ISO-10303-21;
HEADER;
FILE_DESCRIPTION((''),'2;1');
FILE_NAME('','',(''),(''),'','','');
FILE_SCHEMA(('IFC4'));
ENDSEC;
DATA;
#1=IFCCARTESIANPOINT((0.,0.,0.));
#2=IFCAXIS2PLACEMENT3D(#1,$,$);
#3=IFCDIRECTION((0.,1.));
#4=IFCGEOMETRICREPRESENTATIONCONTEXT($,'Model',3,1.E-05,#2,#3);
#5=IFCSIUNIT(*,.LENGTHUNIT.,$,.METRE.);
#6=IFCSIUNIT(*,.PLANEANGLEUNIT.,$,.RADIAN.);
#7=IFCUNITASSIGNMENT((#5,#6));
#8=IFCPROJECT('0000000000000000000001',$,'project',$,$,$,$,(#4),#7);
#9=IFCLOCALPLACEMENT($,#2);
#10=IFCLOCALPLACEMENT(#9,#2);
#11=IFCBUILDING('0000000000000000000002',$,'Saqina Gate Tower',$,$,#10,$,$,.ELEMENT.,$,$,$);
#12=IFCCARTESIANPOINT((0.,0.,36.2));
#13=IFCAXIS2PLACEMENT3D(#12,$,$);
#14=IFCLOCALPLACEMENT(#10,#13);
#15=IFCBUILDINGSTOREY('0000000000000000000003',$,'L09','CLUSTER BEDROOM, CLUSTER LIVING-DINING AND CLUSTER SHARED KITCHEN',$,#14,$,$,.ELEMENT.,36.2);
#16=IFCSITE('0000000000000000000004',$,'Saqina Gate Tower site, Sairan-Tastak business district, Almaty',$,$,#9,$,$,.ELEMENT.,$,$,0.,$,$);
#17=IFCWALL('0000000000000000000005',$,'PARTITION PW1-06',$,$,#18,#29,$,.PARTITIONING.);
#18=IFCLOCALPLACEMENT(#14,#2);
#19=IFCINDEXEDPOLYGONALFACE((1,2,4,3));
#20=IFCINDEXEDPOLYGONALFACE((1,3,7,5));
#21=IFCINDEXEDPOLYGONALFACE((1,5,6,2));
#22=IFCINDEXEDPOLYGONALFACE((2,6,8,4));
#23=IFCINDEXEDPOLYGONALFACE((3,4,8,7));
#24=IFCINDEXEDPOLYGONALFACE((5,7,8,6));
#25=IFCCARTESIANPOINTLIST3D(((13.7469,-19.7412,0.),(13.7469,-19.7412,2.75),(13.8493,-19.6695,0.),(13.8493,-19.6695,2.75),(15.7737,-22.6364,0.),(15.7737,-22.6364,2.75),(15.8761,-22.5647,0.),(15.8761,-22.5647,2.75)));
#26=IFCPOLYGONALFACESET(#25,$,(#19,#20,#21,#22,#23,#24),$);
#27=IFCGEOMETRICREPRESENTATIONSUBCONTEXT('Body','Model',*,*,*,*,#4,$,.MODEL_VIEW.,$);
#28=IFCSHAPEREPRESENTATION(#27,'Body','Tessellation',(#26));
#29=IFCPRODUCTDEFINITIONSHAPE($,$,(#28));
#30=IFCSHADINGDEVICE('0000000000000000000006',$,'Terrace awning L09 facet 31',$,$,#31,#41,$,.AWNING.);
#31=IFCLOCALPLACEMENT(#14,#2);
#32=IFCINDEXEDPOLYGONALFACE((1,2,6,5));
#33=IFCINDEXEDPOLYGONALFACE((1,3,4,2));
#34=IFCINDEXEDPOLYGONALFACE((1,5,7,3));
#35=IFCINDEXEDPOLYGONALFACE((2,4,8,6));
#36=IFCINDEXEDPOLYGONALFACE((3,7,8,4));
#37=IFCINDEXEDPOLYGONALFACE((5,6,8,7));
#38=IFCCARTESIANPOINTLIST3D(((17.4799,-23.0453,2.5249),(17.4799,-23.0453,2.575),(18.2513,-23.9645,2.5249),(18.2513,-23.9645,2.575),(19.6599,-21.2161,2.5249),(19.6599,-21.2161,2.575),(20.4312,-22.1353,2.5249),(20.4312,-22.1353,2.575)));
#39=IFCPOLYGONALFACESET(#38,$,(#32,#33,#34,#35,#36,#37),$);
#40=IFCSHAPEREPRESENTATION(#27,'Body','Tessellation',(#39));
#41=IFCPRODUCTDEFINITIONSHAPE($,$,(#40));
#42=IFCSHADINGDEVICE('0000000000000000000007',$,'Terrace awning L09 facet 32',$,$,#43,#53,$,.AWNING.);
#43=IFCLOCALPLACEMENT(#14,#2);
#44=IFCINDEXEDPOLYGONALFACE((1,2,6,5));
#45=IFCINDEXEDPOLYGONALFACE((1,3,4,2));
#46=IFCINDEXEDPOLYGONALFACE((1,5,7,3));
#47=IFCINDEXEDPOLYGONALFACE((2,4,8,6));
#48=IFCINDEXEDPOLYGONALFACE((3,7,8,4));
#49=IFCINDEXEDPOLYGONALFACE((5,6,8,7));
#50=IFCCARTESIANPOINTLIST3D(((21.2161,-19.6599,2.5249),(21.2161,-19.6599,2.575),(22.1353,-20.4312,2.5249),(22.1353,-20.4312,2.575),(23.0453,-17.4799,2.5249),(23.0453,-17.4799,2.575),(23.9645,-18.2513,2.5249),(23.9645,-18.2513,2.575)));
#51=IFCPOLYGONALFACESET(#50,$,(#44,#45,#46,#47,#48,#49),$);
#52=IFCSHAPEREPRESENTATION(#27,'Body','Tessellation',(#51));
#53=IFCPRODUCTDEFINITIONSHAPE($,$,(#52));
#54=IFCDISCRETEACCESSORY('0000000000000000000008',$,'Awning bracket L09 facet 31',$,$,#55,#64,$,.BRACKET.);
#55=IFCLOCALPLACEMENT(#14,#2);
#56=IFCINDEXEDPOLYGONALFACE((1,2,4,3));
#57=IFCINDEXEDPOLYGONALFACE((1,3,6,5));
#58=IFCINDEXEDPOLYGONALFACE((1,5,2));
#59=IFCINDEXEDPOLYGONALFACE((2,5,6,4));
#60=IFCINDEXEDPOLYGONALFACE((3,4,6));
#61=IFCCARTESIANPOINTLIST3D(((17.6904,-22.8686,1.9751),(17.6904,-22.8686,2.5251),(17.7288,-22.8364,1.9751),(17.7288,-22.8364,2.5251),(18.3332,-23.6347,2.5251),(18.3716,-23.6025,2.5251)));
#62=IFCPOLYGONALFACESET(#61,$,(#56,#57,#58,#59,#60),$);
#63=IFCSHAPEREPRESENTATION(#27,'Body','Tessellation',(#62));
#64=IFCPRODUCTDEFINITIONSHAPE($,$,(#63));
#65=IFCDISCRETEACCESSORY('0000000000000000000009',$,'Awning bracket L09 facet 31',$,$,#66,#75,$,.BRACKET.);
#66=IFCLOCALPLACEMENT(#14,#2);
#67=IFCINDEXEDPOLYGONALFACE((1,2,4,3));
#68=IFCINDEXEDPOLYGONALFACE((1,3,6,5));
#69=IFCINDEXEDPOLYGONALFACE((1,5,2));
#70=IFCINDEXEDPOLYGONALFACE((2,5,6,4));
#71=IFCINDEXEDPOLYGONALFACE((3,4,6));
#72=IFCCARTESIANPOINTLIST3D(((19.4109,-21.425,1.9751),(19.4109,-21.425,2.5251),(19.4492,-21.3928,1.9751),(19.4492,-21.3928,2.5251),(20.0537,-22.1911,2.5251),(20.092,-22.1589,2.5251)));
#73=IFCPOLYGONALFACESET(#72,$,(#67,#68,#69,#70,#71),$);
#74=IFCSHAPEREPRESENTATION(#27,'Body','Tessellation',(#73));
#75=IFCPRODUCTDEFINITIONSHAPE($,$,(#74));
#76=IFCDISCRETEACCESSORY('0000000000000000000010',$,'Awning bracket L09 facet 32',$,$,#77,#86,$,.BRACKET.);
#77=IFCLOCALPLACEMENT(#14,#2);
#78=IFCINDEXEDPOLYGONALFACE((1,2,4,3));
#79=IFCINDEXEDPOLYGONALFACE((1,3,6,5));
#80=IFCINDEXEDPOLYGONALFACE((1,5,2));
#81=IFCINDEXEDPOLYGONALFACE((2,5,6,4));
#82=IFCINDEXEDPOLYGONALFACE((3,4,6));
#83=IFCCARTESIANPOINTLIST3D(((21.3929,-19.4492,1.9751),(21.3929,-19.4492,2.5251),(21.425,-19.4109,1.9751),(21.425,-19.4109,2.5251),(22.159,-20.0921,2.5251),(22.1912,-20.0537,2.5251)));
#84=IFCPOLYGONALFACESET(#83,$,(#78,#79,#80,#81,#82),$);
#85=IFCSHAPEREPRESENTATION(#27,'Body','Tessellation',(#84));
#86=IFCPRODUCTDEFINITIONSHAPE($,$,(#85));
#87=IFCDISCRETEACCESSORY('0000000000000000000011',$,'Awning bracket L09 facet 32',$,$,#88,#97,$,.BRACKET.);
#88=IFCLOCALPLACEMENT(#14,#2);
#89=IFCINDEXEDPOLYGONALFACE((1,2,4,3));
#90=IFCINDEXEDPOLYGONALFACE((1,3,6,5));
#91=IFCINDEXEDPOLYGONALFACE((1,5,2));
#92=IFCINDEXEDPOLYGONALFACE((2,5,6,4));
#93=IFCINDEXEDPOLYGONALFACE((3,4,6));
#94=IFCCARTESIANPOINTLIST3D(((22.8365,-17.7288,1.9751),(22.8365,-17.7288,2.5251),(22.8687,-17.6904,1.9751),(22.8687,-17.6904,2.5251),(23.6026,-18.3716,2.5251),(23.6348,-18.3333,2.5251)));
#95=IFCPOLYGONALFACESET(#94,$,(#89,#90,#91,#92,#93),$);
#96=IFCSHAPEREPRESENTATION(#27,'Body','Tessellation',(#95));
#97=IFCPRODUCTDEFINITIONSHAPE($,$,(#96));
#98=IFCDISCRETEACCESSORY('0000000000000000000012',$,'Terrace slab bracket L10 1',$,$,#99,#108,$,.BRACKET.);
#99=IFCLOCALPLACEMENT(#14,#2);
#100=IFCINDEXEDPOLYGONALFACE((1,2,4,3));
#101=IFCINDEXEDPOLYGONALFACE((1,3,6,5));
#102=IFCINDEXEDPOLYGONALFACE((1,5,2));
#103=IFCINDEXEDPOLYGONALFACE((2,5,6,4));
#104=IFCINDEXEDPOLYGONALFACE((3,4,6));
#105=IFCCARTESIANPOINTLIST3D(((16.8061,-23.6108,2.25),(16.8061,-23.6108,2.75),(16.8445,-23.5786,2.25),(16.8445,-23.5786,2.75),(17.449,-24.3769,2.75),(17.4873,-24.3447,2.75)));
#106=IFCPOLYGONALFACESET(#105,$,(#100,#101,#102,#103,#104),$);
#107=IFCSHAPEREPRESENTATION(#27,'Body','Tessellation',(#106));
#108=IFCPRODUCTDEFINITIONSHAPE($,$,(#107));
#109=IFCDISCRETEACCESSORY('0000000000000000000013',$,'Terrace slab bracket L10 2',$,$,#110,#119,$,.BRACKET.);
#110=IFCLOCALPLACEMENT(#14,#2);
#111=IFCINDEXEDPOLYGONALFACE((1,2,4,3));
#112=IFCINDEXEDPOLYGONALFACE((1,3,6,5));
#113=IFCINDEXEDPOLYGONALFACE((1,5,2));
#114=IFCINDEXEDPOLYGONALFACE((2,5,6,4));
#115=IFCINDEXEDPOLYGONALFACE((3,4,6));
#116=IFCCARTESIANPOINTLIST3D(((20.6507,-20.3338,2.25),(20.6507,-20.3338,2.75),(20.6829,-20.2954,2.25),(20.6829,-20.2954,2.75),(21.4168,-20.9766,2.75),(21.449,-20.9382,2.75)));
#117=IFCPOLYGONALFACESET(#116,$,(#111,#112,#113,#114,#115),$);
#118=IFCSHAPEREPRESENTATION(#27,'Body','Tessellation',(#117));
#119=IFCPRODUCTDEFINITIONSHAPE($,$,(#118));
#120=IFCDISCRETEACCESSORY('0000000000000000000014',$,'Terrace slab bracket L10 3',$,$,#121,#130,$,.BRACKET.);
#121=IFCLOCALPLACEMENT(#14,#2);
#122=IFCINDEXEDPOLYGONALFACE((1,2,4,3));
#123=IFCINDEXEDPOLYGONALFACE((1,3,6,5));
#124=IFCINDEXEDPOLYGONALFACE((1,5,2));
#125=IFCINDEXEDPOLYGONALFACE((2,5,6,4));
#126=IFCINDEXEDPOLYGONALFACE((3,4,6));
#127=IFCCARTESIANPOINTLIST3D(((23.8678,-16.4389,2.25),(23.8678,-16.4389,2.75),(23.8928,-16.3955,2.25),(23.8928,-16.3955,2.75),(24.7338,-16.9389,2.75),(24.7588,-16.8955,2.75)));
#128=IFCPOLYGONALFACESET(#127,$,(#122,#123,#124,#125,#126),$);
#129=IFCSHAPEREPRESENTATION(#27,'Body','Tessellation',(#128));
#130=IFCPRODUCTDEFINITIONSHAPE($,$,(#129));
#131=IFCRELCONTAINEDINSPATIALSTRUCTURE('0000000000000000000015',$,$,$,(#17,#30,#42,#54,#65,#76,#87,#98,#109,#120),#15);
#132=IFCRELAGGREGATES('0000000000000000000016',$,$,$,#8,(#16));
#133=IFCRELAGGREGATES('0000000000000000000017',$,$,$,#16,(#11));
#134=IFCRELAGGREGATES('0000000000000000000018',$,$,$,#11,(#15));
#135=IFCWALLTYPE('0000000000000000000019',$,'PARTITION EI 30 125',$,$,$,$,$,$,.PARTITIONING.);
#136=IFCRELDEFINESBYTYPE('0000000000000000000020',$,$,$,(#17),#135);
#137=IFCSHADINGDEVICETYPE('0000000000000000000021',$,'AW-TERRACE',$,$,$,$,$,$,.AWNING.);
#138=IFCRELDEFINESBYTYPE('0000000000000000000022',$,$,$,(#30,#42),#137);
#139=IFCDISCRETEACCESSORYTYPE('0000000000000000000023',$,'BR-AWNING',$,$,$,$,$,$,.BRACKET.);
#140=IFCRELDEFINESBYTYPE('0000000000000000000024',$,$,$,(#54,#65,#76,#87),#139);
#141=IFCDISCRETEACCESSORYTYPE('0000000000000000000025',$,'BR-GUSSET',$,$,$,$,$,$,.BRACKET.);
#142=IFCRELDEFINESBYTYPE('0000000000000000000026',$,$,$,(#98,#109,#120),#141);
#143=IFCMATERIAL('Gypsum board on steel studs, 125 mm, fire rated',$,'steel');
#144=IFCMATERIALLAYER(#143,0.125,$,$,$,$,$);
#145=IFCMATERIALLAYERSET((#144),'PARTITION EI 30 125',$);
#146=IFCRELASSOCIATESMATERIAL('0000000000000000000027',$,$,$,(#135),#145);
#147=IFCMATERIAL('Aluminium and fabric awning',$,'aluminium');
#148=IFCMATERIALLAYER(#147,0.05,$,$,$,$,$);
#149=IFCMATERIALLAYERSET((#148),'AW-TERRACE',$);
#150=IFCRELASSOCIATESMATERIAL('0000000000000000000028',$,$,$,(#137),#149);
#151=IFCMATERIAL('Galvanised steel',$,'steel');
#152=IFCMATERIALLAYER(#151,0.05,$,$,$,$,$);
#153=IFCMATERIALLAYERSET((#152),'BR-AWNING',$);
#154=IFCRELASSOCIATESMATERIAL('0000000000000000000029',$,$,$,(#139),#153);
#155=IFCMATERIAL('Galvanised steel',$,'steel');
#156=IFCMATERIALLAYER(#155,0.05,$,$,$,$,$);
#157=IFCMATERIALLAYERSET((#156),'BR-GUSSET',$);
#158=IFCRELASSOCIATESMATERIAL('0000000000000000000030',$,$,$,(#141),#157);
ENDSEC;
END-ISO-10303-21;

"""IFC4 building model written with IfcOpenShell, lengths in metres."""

from ifc_helpers import new_model, si_unit, direction, frame, frame_2d, origin, origin_2d, place, context, subcontext, project, spatial, polyline, rectangle, outline, extrude, material, layer, layer_set, type_object, element, save


model = new_model("IFC4")

# Units and contexts
model_context = context("Model", 3, precision=1e-05, world=origin(), true_north=direction((0.0, 1.0)))
body_context = subcontext(model_context, "Body", "Model", "MODEL_VIEW")
ifc_project = project(units=[si_unit("LENGTHUNIT", "METRE"), si_unit("PLANEANGLEUNIT", "RADIAN")], contexts=[model_context])

# Site, building, storey
site_placement = place(None, origin())
site = spatial("IfcSite", under=ifc_project, at=site_placement, Name="Saqina Gate Tower site, Sairan-Tastak business district, Almaty", CompositionType="ELEMENT", RefElevation=0.0)
building_placement = place(site_placement, origin())
building = spatial("IfcBuilding", under=site, at=building_placement, Name="Saqina Gate Tower", CompositionType="ELEMENT")
storey_placement = place(building_placement, frame((0.0, 0.0, 36.2)))
storey = spatial("IfcBuildingStorey", under=building, at=storey_placement, Name="L09", Description="CLUSTER BEDROOM, CLUSTER LIVING-DINING AND CLUSTER SHARED KITCHEN", CompositionType="ELEMENT", Elevation=36.2)

# Wall
ifc_material_1 = material(Name="Gypsum board on steel studs, 125 mm, fire rated", Category="steel")
ifc_layer_1 = layer(ifc_material_1, 0.125)
ifc_layer_set_1 = layer_set([ifc_layer_1], Name="PARTITION EI 30 125")
wall_type_1 = type_object("IfcWallType", Name="PARTITION EI 30 125", PredefinedType="PARTITIONING", material=ifc_layer_set_1)
wall_1_placement = place(storey_placement, frame((13.7981, -19.7053, 0.0), z_axis=(0.0, 0.0, 1.0), x_axis=(0.573495, -0.819209, 0.0)))
element("IfcWall", 1, at=wall_1_placement, inside=storey, type_object=wall_type_1, Name="PARTITION PW1-06", PredefinedType="PARTITIONING", context=body_context, shape_type="SweptSolid", body=[
    extrude(rectangle(XDim=3.5342, YDim=0.125, at=frame_2d((1.7671, 0.0))), origin(), (0.0, 0.0, 1.0), 2.75),
])

# Shading devices
ifc_material_2 = material(Name="Aluminium and fabric awning", Category="aluminium")
ifc_layer_2 = layer(ifc_material_2, 0.05)
ifc_layer_set_2 = layer_set([ifc_layer_2], Name="AW-TERRACE")
shading_device_type = type_object("IfcShadingDeviceType", Name="AW-TERRACE", PredefinedType="AWNING", material=ifc_layer_set_2)
for number, where, z_axis, x_axis, name in (
    (2, (18.9556, -22.5903, 2.5249), (0.0, 0.0, 1.0), (0.766044, 0.642788, 0.0), "Terrace awning L09 facet 31"),
    (3, (22.5903, -18.9556, 2.5249), (0.0, 0.0, 1.0), (0.642788, 0.766044, 0.0), "Terrace awning L09 facet 32"),
):
    element("IfcShadingDevice", number, at=place(storey_placement, frame(where, z_axis=z_axis, x_axis=x_axis)), inside=storey, type_object=shading_device_type, Name=name, PredefinedType="AWNING", context=body_context, shape_type="SweptSolid", body=[
        extrude(rectangle(XDim=2.8457, YDim=1.2, at=origin_2d()), origin(), (0.0, 0.0, 1.0), 0.05),
    ])

# Discrete accessories
ifc_material_3 = material(Name="Galvanised steel", Category="steel")
ifc_layer_3 = layer(ifc_material_3, 0.05)
ifc_layer_set_3 = layer_set([ifc_layer_3], Name="BR-AWNING")
discrete_accessory_type_1 = type_object("IfcDiscreteAccessoryType", Name="BR-AWNING", PredefinedType="BRACKET", material=ifc_layer_set_3)
for number, where, z_axis, x_axis, name in (
    (4, (17.7288, -22.8364, 1.9751), (0.766056, 0.642774, 0.0), (0.0, 0.0, 1.0), "Awning bracket L09 facet 31"),
    (5, (19.4492, -21.3928, 1.9751), (0.766056, 0.642774, 0.0), (0.0, 0.0, 1.0), "Awning bracket L09 facet 31"),
    (6, (21.425, -19.4109, 1.9751), (0.642774, 0.766056, 0.0), (0.0, 0.0, 1.0), "Awning bracket L09 facet 32"),
    (7, (22.8687, -17.6904, 1.9751), (0.642774, 0.766056, 0.0), (0.0, 0.0, 1.0), "Awning bracket L09 facet 32"),
):
    element("IfcDiscreteAccessory", number, at=place(storey_placement, frame(where, z_axis=z_axis, x_axis=x_axis)), inside=storey, type_object=discrete_accessory_type_1, Name=name, PredefinedType="BRACKET", context=body_context, shape_type="SweptSolid", body=[
        extrude(outline(polyline([(0.0, 0.0), (0.55, 0.0), (0.55, 1.0001), (0.0, 0.0)])), origin(), (0.0, 0.0, -1.0), 0.05),
    ])
ifc_material_4 = material(Name="Galvanised steel", Category="steel")
ifc_layer_4 = layer(ifc_material_4, 0.05)
ifc_layer_set_4 = layer_set([ifc_layer_4], Name="BR-GUSSET")
discrete_accessory_type_2 = type_object("IfcDiscreteAccessoryType", Name="BR-GUSSET", PredefinedType="BRACKET", material=ifc_layer_set_4)
for number, where, z_axis, x_axis, name in (
    (8, (16.8445, -23.5786, 2.25), (0.766056, 0.642774, 0.0), (0.0, 0.0, 1.0), "Terrace slab bracket L10 1"),
    (9, (20.6829, -20.2954, 2.25), (0.642774, 0.766056, 0.0), (0.0, 0.0, 1.0), "Terrace slab bracket L10 2"),
):
    element("IfcDiscreteAccessory", number, at=place(storey_placement, frame(where, z_axis=z_axis, x_axis=x_axis)), inside=storey, type_object=discrete_accessory_type_2, Name=name, PredefinedType="BRACKET", context=body_context, shape_type="SweptSolid", body=[
        extrude(outline(polyline([(0.0, 0.0), (0.5, 0.0), (0.5, 1.0001), (0.0, 0.0)])), origin(), (0.0, 0.0, -1.0), 0.05),
    ])
discrete_accessory_placement = place(storey_placement, frame((23.8928, -16.3955, 2.25), z_axis=(0.500025, 0.866011, 0.0), x_axis=(0.0, 0.0, 1.0)))
element("IfcDiscreteAccessory", 10, at=discrete_accessory_placement, inside=storey, type_object=discrete_accessory_type_2, Name="Terrace slab bracket L10 3", PredefinedType="BRACKET", context=body_context, shape_type="SweptSolid", body=[
    extrude(outline(polyline([(0.0, 0.0), (0.5, 0.0), (0.5, 0.9999), (0.0, 0.0)])), origin(), (0.0, 0.0, -1.0), 0.05),
])

save(model, "model.ifc")
